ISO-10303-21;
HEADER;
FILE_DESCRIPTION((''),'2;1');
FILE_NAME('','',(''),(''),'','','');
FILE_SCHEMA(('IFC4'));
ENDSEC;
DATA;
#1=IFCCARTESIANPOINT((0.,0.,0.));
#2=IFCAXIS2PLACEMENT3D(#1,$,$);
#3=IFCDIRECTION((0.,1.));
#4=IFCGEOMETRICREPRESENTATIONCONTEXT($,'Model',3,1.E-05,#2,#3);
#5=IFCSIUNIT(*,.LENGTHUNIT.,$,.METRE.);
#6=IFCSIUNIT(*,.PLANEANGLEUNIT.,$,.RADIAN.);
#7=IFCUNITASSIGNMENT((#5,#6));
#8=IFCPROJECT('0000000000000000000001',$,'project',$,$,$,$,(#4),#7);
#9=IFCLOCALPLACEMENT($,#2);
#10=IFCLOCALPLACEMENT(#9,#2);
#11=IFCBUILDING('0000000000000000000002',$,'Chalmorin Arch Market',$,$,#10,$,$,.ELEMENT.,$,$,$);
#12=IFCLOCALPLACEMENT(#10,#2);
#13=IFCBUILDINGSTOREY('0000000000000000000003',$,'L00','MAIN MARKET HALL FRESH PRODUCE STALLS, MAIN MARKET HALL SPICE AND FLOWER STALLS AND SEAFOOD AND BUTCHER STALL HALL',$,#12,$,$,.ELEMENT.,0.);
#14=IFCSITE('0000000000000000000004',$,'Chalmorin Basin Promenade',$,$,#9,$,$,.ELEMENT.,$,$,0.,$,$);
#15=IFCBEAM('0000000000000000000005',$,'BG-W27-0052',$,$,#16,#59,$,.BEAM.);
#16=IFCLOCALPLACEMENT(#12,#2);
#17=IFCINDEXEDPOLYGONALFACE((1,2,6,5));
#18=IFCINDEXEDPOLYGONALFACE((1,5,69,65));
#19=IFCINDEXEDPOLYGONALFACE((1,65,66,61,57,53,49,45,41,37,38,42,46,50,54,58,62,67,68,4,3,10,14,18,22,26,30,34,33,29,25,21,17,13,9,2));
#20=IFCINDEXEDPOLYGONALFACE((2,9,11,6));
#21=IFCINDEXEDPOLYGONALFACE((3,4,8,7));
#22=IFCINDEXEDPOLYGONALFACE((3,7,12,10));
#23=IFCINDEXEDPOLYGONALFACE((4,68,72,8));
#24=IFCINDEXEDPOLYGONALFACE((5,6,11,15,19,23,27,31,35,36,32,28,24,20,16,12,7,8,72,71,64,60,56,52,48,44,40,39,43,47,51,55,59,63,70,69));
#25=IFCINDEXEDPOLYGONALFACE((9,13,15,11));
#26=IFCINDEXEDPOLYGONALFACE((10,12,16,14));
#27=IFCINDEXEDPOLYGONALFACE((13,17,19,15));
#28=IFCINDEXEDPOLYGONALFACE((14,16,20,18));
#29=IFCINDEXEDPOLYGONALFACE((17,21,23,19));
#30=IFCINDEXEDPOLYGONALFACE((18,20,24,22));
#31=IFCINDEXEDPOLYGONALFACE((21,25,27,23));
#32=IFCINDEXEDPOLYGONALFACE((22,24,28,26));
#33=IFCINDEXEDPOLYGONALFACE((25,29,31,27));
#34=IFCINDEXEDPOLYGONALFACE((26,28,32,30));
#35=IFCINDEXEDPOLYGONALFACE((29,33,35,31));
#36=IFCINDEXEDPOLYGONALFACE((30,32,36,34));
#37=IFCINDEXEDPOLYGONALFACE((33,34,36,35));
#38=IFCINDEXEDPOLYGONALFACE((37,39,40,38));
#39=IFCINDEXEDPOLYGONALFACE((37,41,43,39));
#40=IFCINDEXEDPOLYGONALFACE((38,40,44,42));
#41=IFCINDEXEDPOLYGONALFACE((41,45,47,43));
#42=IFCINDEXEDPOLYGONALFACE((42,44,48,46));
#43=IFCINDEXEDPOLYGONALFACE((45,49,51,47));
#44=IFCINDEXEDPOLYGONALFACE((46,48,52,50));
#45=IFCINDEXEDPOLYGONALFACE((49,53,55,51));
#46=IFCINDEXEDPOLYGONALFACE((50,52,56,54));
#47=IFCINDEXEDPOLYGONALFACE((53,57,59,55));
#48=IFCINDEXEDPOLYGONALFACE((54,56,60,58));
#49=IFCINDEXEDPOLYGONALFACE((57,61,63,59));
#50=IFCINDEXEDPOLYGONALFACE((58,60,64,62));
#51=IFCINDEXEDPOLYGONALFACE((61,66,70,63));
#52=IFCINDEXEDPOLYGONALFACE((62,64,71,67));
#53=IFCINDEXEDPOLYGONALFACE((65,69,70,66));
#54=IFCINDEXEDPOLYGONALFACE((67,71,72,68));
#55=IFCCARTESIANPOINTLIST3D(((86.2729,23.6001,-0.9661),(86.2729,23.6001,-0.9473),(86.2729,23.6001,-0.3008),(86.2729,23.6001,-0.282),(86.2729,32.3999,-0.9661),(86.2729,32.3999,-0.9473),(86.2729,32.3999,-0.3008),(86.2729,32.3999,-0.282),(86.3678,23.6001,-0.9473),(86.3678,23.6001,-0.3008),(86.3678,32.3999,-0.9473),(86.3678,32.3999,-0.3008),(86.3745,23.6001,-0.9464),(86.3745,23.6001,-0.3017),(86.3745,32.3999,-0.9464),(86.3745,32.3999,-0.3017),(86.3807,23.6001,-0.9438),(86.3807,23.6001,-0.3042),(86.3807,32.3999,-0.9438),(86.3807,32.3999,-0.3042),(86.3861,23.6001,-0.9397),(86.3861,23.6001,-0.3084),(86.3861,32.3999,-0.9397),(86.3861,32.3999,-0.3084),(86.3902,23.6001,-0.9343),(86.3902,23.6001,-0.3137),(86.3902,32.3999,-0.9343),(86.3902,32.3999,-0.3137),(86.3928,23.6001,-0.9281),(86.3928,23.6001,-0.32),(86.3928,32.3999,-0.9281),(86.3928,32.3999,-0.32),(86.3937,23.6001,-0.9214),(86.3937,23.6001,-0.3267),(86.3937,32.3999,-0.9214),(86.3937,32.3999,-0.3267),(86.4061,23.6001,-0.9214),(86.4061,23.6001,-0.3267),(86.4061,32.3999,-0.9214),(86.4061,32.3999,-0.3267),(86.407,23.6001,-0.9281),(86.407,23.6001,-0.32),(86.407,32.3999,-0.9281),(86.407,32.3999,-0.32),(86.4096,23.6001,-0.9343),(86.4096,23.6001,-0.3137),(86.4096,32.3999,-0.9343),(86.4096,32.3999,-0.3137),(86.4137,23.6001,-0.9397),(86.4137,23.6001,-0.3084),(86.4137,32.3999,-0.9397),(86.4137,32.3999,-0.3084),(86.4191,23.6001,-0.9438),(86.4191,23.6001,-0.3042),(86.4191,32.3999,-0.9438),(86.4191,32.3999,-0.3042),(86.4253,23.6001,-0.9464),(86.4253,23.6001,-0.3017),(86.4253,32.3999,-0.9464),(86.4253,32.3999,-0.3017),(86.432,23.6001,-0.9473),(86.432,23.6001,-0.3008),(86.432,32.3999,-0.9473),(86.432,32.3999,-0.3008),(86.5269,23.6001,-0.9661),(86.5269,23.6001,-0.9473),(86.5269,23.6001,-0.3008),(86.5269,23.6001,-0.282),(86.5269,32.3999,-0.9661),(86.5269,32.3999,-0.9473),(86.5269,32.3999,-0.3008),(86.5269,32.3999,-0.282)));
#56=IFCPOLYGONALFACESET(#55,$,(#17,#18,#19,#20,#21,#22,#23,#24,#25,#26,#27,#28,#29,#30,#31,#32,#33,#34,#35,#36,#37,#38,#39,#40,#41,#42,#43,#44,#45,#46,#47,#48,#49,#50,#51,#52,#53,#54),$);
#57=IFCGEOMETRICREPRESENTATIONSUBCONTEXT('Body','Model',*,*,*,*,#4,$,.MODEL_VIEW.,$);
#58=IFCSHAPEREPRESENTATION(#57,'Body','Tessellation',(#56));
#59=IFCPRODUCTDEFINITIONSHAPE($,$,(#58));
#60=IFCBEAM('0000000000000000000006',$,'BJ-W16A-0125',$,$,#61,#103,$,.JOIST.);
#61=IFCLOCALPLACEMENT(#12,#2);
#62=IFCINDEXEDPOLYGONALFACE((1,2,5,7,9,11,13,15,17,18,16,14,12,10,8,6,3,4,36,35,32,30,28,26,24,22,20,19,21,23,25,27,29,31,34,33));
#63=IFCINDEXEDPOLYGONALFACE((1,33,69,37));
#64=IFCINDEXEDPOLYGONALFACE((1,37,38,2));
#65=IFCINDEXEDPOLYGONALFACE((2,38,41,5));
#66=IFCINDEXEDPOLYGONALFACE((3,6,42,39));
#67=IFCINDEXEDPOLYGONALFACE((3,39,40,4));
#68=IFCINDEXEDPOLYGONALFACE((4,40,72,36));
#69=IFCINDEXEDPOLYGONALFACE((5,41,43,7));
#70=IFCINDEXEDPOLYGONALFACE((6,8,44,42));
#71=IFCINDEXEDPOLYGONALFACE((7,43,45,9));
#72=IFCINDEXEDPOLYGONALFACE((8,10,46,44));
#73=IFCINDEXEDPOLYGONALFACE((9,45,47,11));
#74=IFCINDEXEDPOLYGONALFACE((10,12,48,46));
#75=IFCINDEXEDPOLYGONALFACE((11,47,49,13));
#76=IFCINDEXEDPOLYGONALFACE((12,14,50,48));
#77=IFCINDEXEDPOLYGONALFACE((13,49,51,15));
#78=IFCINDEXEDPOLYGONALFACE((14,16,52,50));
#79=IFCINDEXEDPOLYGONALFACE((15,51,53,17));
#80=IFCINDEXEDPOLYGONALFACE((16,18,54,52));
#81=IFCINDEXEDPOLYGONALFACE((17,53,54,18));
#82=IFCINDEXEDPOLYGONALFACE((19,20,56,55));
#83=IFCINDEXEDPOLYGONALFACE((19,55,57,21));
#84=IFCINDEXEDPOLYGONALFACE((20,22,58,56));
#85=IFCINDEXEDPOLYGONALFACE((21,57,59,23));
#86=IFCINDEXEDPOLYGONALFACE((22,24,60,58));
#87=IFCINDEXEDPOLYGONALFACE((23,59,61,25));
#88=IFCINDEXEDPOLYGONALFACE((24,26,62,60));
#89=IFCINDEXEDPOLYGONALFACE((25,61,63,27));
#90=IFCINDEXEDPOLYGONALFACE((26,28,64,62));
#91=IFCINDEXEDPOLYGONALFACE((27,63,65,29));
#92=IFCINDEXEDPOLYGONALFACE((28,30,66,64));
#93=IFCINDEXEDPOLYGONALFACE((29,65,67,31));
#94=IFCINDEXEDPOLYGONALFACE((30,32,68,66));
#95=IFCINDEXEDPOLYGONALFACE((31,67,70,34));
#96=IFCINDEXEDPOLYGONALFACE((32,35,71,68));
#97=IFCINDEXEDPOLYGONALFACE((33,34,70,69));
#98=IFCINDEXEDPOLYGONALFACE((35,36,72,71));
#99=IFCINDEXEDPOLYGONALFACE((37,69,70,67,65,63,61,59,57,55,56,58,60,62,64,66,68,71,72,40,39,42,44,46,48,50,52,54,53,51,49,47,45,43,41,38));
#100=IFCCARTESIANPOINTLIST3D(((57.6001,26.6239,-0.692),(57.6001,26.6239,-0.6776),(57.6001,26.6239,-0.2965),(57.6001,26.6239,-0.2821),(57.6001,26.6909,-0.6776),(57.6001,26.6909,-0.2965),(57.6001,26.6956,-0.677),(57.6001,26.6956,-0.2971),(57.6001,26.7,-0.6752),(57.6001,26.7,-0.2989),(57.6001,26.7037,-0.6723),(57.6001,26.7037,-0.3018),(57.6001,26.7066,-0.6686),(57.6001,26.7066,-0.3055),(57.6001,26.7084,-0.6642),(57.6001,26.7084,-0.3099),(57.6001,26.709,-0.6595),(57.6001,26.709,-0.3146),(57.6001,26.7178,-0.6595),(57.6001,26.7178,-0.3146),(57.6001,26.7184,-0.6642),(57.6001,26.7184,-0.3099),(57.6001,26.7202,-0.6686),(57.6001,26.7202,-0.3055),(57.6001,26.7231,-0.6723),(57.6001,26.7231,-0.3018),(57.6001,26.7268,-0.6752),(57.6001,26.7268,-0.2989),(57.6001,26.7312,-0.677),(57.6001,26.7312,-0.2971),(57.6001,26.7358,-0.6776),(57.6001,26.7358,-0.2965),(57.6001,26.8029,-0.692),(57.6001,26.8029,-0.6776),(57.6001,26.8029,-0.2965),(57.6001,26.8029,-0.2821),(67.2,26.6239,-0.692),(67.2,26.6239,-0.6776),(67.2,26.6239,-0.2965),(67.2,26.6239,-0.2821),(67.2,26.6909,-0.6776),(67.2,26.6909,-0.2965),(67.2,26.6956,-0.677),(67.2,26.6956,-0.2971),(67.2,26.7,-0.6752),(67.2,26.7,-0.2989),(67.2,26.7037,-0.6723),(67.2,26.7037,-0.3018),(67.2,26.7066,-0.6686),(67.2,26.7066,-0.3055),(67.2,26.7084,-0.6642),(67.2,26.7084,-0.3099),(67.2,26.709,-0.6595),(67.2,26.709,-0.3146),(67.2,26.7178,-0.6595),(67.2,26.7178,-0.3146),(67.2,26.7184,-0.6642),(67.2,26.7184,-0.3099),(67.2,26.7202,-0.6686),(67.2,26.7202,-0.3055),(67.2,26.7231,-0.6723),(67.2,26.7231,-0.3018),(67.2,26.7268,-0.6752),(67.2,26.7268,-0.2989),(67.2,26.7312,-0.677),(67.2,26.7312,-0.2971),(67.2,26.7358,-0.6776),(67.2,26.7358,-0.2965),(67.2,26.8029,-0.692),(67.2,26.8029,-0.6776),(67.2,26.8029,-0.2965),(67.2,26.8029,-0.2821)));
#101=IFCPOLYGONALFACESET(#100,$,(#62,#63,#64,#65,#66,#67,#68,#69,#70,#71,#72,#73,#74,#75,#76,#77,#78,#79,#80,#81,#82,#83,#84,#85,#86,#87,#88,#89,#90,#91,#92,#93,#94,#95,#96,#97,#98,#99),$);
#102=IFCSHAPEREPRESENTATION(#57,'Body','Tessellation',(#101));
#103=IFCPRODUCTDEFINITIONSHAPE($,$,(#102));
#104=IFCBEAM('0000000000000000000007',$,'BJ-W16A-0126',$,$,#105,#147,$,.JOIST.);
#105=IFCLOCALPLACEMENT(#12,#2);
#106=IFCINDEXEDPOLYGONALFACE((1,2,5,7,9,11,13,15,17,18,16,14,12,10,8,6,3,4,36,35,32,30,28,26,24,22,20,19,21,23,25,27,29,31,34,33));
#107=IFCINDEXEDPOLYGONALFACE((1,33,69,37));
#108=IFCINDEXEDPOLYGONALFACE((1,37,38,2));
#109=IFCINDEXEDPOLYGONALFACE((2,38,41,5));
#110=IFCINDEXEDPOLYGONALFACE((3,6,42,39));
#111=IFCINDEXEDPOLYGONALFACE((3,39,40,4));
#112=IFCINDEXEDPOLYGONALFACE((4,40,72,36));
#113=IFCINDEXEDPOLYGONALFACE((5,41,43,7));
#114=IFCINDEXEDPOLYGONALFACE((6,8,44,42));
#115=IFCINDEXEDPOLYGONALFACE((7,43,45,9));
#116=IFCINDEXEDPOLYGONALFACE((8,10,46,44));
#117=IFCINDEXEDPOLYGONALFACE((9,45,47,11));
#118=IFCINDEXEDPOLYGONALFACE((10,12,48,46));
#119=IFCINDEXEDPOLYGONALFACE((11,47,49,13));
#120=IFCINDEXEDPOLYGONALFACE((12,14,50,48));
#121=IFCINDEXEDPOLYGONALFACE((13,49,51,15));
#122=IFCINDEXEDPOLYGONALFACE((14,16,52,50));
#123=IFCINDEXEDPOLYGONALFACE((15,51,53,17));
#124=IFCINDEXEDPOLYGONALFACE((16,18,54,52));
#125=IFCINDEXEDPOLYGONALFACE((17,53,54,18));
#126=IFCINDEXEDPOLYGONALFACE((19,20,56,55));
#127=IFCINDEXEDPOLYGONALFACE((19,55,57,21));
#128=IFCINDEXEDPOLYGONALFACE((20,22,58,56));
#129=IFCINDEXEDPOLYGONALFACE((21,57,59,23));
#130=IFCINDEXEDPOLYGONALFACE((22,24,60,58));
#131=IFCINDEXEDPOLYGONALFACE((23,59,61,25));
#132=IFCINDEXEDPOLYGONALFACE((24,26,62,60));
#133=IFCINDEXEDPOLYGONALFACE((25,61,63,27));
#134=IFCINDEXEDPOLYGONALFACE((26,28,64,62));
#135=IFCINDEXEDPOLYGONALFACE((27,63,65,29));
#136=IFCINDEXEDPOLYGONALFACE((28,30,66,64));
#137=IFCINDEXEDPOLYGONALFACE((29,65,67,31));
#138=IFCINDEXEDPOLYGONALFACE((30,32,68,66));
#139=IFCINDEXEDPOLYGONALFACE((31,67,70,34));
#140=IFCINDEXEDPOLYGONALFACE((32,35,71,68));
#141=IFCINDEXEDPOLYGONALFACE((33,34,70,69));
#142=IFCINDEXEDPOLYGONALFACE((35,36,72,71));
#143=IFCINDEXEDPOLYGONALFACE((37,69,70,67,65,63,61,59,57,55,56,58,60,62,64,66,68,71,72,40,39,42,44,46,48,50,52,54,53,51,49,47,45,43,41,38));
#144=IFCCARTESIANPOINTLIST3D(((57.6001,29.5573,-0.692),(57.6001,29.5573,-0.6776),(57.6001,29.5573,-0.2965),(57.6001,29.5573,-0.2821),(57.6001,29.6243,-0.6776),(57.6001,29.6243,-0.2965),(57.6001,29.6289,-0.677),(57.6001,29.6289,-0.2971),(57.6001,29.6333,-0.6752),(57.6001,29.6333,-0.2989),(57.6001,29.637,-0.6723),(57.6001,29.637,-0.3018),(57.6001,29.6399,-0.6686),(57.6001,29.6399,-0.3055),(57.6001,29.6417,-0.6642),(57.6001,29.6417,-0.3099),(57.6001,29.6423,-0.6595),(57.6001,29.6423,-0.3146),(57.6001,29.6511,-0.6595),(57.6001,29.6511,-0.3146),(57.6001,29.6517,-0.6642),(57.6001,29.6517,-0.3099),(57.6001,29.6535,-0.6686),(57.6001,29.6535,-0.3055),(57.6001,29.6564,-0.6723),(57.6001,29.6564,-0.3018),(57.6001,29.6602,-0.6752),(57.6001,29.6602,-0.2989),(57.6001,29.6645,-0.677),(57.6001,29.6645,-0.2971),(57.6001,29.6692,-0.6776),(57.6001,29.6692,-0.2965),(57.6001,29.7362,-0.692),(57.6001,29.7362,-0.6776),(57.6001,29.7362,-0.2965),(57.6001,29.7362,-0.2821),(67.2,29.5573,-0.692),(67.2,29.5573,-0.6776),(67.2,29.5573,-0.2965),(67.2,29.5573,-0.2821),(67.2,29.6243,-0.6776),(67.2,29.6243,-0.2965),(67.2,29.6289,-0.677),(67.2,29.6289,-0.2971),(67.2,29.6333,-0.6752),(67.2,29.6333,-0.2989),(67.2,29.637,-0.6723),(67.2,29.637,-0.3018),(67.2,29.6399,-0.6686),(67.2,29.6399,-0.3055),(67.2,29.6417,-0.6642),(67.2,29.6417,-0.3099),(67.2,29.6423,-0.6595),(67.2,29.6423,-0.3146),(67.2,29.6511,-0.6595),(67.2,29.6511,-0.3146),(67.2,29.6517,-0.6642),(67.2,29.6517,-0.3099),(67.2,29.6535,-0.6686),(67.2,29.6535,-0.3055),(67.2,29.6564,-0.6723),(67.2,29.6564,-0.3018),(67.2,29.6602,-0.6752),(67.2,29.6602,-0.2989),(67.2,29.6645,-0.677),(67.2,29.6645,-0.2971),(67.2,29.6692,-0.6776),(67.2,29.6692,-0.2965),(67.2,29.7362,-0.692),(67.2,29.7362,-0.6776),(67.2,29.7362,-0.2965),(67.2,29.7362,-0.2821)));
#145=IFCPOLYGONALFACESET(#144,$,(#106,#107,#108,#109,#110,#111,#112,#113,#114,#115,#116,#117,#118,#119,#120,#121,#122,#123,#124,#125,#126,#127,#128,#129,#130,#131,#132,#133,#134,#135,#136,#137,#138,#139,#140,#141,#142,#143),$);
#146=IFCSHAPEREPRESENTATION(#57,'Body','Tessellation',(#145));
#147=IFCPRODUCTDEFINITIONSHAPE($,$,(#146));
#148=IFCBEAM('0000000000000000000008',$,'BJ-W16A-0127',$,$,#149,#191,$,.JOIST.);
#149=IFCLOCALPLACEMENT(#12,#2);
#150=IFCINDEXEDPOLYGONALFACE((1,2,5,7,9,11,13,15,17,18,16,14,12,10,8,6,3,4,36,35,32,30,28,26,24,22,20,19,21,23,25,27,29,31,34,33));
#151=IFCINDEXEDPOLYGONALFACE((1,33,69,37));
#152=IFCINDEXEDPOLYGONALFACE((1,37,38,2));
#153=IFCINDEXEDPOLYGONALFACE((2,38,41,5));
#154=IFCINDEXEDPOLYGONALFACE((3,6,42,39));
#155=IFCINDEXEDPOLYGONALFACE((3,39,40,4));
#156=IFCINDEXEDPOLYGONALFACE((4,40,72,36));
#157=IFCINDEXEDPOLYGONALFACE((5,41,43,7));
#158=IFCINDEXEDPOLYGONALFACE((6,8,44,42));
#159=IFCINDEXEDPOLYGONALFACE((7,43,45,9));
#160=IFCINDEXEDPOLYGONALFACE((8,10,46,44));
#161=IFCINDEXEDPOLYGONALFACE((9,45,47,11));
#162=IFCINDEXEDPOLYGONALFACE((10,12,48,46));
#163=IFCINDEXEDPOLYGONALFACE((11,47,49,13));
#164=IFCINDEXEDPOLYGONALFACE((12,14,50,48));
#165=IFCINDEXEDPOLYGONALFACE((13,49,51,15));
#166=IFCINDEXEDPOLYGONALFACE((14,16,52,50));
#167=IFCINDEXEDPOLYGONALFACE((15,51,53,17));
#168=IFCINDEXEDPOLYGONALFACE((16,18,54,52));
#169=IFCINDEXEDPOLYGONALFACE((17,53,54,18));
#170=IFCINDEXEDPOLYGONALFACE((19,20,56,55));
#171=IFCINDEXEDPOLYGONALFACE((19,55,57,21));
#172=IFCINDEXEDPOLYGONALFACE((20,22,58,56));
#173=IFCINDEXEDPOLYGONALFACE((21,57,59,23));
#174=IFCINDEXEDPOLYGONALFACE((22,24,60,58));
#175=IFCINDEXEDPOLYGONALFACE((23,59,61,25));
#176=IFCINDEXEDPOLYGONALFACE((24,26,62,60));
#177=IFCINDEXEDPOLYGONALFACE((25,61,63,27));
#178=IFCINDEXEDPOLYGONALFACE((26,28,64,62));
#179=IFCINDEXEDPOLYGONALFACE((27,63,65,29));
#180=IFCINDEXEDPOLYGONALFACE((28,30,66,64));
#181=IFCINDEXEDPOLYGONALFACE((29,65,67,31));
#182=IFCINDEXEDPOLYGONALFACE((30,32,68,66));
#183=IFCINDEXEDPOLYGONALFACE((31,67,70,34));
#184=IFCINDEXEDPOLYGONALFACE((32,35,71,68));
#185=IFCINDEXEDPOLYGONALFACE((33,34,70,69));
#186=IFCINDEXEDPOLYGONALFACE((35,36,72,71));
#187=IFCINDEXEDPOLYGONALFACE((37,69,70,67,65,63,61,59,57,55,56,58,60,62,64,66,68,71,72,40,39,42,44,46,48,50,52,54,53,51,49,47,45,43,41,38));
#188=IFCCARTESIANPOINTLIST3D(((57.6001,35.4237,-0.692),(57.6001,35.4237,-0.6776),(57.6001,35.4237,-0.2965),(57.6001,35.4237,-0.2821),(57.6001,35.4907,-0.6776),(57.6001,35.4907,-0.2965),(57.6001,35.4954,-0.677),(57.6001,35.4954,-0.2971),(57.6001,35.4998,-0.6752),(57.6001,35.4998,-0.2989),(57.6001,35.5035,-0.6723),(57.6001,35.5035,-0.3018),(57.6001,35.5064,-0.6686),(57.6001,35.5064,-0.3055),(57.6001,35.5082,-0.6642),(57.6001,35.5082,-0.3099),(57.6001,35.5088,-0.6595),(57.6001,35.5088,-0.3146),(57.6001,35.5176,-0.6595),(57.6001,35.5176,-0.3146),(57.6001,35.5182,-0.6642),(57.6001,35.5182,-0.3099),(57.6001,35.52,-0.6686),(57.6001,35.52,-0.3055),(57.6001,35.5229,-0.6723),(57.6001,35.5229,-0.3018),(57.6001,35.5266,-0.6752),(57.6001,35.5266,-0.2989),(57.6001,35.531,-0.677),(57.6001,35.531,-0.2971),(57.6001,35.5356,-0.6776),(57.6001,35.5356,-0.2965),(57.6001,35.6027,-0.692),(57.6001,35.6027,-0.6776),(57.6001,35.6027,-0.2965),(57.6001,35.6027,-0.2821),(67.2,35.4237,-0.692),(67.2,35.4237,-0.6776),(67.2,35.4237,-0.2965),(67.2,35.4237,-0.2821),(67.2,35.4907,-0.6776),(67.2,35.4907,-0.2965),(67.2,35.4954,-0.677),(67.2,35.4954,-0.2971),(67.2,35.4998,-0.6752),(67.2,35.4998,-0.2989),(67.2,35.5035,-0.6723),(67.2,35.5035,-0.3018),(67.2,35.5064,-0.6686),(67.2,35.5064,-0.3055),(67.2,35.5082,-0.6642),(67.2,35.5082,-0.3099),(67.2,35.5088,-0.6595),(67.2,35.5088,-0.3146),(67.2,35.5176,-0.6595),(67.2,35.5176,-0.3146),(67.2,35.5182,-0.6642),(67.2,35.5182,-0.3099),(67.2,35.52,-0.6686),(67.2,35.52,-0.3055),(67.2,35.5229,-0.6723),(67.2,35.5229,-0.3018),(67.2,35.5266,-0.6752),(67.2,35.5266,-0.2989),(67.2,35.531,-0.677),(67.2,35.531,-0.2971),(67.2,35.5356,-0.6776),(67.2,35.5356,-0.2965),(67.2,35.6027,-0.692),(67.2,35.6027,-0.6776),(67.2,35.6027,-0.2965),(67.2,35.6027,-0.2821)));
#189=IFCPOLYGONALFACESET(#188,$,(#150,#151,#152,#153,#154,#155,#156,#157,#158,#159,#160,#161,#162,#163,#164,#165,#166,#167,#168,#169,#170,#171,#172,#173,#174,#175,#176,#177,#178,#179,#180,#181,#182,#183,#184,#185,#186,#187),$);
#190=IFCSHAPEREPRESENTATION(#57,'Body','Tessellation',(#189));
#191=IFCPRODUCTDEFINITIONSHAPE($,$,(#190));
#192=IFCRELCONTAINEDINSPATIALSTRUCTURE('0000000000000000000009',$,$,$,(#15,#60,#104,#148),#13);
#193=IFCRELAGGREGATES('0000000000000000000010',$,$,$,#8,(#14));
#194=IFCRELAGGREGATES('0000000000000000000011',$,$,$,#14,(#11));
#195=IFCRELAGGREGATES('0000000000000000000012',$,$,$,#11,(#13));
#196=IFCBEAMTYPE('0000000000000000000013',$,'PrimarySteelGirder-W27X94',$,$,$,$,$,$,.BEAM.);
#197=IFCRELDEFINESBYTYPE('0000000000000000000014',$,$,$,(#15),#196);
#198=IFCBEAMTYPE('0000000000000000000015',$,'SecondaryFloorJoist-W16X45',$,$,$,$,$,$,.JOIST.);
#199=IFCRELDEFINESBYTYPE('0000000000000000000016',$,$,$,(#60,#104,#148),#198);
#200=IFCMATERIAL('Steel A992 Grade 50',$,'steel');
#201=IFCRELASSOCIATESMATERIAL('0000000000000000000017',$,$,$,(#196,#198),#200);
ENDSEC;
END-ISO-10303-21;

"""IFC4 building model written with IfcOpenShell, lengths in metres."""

from ifc_helpers import new_model, si_unit, direction, frame, origin, origin_2d, place, context, subcontext, project, spatial, i_section, extrude, material, material_profile, profile_set, type_object, element, save


model = new_model("IFC4")

# Units and contexts
model_context = context("Model", 3, precision=1e-05, world=origin(), true_north=direction((0.0, 1.0)))
body_context = subcontext(model_context, "Body", "Model", "MODEL_VIEW")
ifc_project = project(units=[si_unit("LENGTHUNIT", "METRE"), si_unit("PLANEANGLEUNIT", "RADIAN")], contexts=[model_context])

# Site, building, storey
site_placement = place(None, origin())
site = spatial("IfcSite", under=ifc_project, at=site_placement, Name="Chalmorin Basin Promenade", CompositionType="ELEMENT", RefElevation=0.0)
building_placement = place(site_placement, origin())
building = spatial("IfcBuilding", under=site, at=building_placement, Name="Chalmorin Arch Market", CompositionType="ELEMENT")
storey_placement = place(building_placement, origin())
storey = spatial("IfcBuildingStorey", under=building, at=storey_placement, Name="L00", Description="MAIN MARKET HALL FRESH PRODUCE STALLS, MAIN MARKET HALL SPICE AND FLOWER STALLS AND SEAFOOD AND BUTCHER STALL HALL", CompositionType="ELEMENT", Elevation=0.0)

# Beams
ifc_material_1 = material(Name="Steel A992 Grade 50", Category="steel")
ifc_material_profile_1 = material_profile(ifc_material_1, i_section(OverallWidth=0.2539, OverallDepth=0.6841, WebThickness=0.0125, FlangeThickness=0.0188, FilletRadius=0.0259, at=origin_2d()), Name="W27X94")
ifc_profile_set_1 = profile_set([ifc_material_profile_1], Name="Steel A992 Grade 50")
beam_type_1 = type_object("IfcBeamType", Name="PrimarySteelGirder-W27X94", PredefinedType="BEAM", material=ifc_profile_set_1)
beam_1_placement = place(storey_placement, frame((86.3999, 23.6001, -0.624), z_axis=(0.0, 1.0, 0.0), x_axis=(-1.0, 0.0, 0.0)))
element("IfcBeam", 1, at=beam_1_placement, inside=storey, type_object=beam_type_1, Name="BG-W27-0052", PredefinedType="BEAM", context=body_context, shape_type="SweptSolid", body=[
    extrude(i_section(OverallWidth=0.2539, OverallDepth=0.6841, WebThickness=0.0125, FlangeThickness=0.0188, FilletRadius=0.0259, at=origin_2d()), origin(), (0.0, 0.0, 1.0), 8.7998),
])
ifc_material_profile_2 = material_profile(ifc_material_1, i_section(OverallWidth=0.179, OverallDepth=0.4099, WebThickness=0.0088, FlangeThickness=0.0144, FilletRadius=0.0181, at=origin_2d()), Name="W16X45")
ifc_profile_set_2 = profile_set([ifc_material_profile_2], Name="Steel A992 Grade 50")
beam_type_2 = type_object("IfcBeamType", Name="SecondaryFloorJoist-W16X45", PredefinedType="JOIST", material=ifc_profile_set_2)
for number, where, z_axis, x_axis, name in (
    (2, (57.6001, 26.7134, -0.4871), (1.0, 0.0, 0.0), (0.0, 1.0, 0.0), "BJ-W16A-0125"),
    (3, (57.6001, 29.6467, -0.4871), (1.0, 0.0, 0.0), (0.0, 1.0, 0.0), "BJ-W16A-0126"),
    (4, (57.6001, 35.5132, -0.4871), (1.0, 0.0, 0.0), (0.0, 1.0, 0.0), "BJ-W16A-0127"),
):
    element("IfcBeam", number, at=place(storey_placement, frame(where, z_axis=z_axis, x_axis=x_axis)), inside=storey, type_object=beam_type_2, Name=name, PredefinedType="JOIST", context=body_context, shape_type="SweptSolid", body=[
        extrude(i_section(OverallWidth=0.179, OverallDepth=0.4099, WebThickness=0.0088, FlangeThickness=0.0144, FilletRadius=0.0181, at=origin_2d()), origin(), (0.0, 0.0, 1.0), 9.5999),
    ])

save(model, "model.ifc")
